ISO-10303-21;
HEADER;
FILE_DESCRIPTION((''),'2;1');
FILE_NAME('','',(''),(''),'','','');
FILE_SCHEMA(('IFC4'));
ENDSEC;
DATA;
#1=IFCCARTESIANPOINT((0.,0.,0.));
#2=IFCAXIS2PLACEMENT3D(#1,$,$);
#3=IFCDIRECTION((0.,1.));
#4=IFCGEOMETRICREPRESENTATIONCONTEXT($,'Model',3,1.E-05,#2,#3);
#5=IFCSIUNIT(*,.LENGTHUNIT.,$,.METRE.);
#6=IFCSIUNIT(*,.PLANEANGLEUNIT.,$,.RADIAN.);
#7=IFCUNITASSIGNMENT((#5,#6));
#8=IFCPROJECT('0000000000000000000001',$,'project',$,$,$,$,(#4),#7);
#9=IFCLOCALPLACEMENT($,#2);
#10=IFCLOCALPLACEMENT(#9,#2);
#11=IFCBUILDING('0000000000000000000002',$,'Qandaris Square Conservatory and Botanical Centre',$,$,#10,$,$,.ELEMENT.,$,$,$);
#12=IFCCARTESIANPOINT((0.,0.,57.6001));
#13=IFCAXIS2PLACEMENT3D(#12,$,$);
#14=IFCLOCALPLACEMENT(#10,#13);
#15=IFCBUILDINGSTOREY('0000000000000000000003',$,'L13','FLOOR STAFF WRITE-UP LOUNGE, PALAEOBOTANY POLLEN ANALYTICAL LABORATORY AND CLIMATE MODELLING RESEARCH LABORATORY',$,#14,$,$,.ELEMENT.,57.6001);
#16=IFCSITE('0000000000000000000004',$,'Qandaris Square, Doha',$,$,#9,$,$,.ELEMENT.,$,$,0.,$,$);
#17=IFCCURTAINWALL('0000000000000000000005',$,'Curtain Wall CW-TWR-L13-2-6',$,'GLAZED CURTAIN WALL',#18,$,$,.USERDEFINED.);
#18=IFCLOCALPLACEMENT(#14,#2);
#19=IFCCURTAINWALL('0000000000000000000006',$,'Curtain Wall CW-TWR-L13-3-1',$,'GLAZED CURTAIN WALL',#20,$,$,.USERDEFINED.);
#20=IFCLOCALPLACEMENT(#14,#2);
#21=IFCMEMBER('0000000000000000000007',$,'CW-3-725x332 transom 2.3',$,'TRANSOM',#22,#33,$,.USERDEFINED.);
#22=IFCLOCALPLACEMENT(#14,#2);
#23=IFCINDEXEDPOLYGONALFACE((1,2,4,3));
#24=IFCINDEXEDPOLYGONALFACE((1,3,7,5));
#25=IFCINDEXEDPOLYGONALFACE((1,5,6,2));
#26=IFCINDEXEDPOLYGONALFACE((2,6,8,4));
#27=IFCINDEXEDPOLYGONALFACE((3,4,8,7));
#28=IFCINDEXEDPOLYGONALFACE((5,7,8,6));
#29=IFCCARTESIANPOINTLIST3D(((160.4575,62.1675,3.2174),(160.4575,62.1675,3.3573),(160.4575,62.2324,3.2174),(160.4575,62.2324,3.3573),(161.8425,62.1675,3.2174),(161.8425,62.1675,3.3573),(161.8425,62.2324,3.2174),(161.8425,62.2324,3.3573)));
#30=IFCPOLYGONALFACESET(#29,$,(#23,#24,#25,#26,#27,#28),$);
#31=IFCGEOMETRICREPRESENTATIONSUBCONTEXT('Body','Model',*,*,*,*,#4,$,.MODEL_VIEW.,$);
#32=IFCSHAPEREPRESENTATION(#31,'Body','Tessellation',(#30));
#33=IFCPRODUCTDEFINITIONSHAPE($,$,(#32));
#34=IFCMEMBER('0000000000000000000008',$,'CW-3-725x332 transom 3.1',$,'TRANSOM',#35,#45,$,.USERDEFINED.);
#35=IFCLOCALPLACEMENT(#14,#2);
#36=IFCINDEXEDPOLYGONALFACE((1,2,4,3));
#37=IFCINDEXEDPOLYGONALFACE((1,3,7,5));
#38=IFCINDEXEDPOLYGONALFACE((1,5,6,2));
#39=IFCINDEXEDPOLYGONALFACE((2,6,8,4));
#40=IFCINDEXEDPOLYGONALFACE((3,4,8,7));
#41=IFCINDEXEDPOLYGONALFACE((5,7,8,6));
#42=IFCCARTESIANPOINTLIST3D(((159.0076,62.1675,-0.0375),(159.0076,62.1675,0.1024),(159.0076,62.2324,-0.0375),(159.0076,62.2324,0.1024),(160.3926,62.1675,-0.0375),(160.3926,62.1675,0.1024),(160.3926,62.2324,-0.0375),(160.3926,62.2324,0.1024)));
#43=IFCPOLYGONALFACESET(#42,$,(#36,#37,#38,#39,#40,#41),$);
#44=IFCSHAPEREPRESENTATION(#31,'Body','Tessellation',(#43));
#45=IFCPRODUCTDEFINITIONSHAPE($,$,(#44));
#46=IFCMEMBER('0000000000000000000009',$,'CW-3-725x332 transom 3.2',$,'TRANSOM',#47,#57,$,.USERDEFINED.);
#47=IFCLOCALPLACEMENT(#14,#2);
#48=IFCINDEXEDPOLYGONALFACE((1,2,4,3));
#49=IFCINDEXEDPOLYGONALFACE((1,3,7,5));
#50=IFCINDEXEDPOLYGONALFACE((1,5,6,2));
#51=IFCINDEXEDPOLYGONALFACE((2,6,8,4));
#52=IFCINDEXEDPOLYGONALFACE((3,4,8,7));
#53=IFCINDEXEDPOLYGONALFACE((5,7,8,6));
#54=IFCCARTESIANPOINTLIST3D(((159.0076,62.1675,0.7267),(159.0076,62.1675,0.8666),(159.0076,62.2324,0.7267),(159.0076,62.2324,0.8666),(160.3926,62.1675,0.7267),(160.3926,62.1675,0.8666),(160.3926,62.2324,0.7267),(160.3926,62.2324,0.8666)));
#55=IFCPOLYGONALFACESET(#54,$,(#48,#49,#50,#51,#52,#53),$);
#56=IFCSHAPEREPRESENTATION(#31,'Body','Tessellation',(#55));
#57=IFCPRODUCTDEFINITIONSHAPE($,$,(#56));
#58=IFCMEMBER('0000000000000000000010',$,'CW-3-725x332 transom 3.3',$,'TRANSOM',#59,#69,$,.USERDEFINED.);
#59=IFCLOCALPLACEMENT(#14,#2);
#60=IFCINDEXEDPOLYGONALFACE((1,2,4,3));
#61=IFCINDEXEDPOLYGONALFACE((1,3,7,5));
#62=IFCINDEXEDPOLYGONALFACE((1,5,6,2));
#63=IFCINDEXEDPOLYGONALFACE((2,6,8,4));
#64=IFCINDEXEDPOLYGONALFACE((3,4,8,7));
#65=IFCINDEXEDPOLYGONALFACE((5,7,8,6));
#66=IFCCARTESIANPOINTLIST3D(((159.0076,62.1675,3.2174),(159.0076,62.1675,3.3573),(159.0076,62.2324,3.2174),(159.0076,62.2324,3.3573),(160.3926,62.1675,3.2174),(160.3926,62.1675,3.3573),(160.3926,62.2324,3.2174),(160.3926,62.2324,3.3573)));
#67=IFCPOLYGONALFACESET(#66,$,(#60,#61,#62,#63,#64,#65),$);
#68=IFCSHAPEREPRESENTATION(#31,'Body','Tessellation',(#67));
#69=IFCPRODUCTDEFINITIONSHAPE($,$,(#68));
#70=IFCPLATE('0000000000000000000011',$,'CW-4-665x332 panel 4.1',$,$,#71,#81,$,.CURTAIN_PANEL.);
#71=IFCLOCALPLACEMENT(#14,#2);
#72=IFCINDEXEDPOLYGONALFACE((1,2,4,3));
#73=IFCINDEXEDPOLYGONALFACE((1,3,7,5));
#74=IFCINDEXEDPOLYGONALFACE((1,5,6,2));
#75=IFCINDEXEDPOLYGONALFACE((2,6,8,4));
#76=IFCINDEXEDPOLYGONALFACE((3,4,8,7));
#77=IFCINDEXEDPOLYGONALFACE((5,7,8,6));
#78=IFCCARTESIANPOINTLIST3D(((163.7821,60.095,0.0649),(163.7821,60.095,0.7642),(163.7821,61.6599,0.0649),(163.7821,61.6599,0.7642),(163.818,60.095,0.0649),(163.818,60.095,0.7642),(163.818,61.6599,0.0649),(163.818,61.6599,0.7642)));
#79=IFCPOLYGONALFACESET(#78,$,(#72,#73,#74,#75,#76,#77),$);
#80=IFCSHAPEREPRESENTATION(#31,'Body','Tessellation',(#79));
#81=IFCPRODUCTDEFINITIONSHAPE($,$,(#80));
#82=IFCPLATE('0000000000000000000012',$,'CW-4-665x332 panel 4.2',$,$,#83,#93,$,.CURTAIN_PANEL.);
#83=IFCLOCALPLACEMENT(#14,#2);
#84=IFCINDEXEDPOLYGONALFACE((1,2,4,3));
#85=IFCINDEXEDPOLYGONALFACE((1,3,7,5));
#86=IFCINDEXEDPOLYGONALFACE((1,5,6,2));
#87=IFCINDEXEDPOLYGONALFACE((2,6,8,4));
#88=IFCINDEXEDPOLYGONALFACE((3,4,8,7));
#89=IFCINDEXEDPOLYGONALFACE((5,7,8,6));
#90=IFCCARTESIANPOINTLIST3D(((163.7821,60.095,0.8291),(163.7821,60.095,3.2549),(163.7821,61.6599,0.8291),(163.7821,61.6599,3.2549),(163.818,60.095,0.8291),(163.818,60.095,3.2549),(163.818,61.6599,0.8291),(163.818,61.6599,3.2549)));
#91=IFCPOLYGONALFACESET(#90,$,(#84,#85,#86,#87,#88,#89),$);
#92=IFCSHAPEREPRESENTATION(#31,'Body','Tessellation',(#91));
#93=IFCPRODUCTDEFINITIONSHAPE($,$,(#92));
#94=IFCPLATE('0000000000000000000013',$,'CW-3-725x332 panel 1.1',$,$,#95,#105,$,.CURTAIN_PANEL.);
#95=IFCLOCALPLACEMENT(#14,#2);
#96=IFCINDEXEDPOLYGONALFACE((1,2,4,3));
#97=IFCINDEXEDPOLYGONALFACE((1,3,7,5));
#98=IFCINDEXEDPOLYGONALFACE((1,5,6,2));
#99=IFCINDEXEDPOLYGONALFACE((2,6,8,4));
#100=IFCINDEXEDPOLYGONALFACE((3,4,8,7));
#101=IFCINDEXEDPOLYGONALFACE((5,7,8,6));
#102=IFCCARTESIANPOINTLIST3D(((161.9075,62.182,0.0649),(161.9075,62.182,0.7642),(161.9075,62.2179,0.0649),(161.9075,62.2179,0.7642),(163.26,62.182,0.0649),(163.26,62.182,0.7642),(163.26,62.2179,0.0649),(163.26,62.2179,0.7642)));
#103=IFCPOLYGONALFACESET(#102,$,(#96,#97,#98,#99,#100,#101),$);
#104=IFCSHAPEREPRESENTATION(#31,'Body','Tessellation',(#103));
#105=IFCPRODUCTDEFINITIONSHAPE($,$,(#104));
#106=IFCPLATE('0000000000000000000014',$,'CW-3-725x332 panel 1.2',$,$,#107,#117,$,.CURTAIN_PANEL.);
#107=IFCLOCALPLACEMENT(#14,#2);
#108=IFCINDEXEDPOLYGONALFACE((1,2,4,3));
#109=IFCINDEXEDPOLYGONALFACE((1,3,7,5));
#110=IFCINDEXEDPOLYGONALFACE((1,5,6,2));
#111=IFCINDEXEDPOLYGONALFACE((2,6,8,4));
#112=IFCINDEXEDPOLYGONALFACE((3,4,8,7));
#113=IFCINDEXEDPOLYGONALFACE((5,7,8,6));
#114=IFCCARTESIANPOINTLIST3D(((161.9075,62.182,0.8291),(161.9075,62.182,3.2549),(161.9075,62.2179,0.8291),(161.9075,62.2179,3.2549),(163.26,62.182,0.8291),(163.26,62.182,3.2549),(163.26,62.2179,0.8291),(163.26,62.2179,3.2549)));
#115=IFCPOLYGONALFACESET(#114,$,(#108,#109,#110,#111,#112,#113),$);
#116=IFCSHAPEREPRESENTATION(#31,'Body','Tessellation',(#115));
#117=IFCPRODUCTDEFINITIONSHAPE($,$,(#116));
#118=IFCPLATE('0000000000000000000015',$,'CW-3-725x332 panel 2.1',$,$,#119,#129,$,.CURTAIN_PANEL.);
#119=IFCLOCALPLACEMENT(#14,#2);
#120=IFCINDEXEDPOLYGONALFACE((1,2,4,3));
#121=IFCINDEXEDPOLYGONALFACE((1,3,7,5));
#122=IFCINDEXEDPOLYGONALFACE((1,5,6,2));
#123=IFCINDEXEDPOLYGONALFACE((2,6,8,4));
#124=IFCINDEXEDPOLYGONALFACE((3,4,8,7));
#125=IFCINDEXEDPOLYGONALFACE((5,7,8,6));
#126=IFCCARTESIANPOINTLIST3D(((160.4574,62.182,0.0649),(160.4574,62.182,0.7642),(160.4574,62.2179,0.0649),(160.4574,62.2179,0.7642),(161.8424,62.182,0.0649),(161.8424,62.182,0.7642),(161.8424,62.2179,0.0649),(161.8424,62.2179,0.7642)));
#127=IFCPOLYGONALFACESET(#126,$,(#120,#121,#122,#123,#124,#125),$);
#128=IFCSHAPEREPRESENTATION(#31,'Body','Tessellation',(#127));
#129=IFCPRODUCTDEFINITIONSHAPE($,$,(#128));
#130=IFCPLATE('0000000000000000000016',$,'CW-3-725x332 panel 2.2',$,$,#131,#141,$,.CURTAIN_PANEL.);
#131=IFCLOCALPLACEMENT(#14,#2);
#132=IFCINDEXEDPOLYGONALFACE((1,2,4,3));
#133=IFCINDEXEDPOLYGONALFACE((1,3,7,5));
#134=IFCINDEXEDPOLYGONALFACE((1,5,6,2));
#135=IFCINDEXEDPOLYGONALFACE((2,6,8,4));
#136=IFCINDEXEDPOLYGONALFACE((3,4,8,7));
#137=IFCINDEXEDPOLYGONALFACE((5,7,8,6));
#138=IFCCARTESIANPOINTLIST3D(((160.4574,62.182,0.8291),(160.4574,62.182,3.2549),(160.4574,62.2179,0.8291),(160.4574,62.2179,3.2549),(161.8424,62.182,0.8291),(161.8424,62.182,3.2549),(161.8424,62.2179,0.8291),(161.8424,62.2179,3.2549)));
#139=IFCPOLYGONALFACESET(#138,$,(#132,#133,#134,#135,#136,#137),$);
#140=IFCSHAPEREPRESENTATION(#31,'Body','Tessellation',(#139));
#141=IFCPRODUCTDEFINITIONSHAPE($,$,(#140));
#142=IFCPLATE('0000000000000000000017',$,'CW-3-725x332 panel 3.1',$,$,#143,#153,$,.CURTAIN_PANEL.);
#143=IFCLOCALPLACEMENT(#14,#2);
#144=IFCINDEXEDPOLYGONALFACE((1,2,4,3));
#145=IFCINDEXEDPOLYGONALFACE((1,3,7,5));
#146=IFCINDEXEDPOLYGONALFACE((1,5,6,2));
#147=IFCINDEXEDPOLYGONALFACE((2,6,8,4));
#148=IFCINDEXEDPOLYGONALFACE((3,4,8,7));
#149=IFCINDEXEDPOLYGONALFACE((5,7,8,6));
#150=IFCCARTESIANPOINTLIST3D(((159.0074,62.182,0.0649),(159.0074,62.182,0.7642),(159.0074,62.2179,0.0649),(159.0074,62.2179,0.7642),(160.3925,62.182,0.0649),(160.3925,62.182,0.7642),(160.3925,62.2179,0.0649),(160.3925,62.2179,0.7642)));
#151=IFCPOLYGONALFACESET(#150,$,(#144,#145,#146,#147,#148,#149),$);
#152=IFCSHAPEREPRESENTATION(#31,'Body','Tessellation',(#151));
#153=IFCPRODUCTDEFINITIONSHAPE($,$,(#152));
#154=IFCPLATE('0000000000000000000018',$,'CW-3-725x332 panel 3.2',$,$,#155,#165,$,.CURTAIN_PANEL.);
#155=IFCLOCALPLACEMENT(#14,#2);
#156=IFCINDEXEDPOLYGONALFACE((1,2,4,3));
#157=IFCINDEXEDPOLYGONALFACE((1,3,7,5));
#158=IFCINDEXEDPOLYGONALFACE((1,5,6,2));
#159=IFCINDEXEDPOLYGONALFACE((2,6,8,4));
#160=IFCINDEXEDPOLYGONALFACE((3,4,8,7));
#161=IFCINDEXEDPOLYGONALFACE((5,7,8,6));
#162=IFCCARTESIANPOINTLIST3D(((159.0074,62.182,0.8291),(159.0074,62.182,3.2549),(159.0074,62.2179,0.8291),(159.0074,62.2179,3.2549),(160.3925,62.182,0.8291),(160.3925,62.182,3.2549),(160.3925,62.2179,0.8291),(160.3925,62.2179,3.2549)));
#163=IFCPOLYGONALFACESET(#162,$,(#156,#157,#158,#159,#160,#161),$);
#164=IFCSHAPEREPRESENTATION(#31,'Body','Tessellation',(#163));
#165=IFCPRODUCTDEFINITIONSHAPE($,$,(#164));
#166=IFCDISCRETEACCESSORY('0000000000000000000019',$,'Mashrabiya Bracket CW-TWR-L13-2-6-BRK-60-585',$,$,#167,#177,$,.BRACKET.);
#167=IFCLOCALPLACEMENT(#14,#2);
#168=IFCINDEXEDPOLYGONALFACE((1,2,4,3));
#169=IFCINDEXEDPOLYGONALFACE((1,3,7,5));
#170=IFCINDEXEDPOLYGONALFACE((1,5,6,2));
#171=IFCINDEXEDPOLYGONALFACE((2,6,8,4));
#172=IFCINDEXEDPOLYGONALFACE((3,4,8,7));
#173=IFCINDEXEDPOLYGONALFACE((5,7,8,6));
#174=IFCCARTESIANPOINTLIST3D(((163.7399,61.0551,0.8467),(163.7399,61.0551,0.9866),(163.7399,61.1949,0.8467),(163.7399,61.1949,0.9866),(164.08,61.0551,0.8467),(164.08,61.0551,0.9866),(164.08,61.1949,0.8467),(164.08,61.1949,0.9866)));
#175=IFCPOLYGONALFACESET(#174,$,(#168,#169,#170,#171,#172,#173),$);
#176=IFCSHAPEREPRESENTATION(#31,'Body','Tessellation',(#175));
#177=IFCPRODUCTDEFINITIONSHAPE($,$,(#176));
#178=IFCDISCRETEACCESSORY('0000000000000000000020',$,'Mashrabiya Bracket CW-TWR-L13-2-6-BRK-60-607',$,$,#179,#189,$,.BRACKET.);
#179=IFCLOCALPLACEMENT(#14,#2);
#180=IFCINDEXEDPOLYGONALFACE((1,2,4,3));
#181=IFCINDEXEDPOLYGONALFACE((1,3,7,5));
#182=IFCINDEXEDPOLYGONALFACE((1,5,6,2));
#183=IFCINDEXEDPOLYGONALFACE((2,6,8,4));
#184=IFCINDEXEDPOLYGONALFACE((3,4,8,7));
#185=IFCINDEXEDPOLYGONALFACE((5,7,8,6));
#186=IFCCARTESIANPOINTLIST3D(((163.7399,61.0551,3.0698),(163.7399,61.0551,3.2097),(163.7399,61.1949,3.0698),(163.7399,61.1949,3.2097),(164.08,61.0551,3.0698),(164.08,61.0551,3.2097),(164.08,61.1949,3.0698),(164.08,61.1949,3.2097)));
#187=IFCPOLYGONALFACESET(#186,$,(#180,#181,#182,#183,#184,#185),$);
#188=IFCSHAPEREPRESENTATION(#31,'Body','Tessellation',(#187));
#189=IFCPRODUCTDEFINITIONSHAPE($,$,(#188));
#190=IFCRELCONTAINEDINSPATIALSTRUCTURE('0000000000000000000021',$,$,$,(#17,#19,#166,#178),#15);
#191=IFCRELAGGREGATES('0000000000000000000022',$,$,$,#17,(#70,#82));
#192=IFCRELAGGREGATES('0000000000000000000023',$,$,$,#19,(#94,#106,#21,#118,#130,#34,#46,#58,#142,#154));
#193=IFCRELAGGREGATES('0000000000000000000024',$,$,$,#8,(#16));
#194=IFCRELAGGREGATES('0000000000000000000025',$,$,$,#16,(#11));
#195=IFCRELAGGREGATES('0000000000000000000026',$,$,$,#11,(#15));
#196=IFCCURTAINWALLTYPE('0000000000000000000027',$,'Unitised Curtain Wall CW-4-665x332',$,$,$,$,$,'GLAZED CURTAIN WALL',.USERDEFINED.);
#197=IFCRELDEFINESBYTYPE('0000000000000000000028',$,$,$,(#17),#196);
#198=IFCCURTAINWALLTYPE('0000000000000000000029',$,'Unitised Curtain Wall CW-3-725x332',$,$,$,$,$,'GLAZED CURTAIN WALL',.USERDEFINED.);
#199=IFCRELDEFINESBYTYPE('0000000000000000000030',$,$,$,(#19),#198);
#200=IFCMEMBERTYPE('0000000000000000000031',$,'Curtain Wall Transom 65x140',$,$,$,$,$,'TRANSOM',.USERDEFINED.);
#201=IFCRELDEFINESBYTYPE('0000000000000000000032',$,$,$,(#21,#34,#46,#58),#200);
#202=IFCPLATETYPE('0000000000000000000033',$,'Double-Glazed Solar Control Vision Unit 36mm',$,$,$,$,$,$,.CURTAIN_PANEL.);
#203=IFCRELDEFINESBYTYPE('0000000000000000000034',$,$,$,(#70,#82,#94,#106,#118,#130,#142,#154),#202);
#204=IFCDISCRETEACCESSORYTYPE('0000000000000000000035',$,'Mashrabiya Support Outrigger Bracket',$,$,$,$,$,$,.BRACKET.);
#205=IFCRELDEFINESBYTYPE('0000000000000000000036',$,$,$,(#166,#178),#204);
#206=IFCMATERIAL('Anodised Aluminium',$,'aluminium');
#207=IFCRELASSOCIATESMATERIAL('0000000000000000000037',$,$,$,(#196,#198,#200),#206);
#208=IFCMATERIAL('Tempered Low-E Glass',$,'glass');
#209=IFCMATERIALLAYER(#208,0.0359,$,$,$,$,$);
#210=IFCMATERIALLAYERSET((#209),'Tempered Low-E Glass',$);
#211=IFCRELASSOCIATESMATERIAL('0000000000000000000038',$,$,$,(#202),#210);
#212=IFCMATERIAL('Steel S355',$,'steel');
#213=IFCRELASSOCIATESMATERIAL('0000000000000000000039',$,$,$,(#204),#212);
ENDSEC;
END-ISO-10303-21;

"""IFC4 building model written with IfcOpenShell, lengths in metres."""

from ifc_helpers import new_model, si_unit, direction, frame, origin, origin_2d, place, context, subcontext, project, spatial, rectangle, extrude, material, layer, layer_set, material_profile, profile_set, type_object, element, aggregate, save


model = new_model("IFC4")

# Units and contexts
model_context = context("Model", 3, precision=1e-05, world=origin(), true_north=direction((0.0, 1.0)))
body_context = subcontext(model_context, "Body", "Model", "MODEL_VIEW")
ifc_project = project(units=[si_unit("LENGTHUNIT", "METRE"), si_unit("PLANEANGLEUNIT", "RADIAN")], contexts=[model_context])

# Site, building, storey
site_placement = place(None, origin())
site = spatial("IfcSite", under=ifc_project, at=site_placement, Name="Qandaris Square, Doha", CompositionType="ELEMENT", RefElevation=0.0)
building_placement = place(site_placement, origin())
building = spatial("IfcBuilding", under=site, at=building_placement, Name="Qandaris Square Conservatory and Botanical Centre", CompositionType="ELEMENT")
storey_placement = place(building_placement, frame((0.0, 0.0, 57.6001)))
storey = spatial("IfcBuildingStorey", under=building, at=storey_placement, Name="L13", Description="FLOOR STAFF WRITE-UP LOUNGE, PALAEOBOTANY POLLEN ANALYTICAL LABORATORY AND CLIMATE MODELLING RESEARCH LABORATORY", CompositionType="ELEMENT", Elevation=57.6001)

# Curtain wall
ifc_material_1 = material(Name="Anodised Aluminium", Category="aluminium")
curtain_wall_type_1 = type_object("IfcCurtainWallType", Name="Unitised Curtain Wall CW-4-665x332", ElementType="GLAZED CURTAIN WALL", PredefinedType="USERDEFINED", material=ifc_material_1)
curtain_wall_1_placement = place(storey_placement, origin())
curtain_wall_1 = element("IfcCurtainWall", 1, at=curtain_wall_1_placement, inside=storey, type_object=curtain_wall_type_1, Name="Curtain Wall CW-TWR-L13-2-6", ObjectType="GLAZED CURTAIN WALL", PredefinedType="USERDEFINED")

# Curtain wall
curtain_wall_type_2 = type_object("IfcCurtainWallType", Name="Unitised Curtain Wall CW-3-725x332", ElementType="GLAZED CURTAIN WALL", PredefinedType="USERDEFINED", material=ifc_material_1)
curtain_wall_2_placement = place(storey_placement, origin())
curtain_wall_2 = element("IfcCurtainWall", 2, at=curtain_wall_2_placement, inside=storey, type_object=curtain_wall_type_2, Name="Curtain Wall CW-TWR-L13-3-1", ObjectType="GLAZED CURTAIN WALL", PredefinedType="USERDEFINED")

# Members
ifc_material_profile_1 = material_profile(ifc_material_1, rectangle(XDim=0.0649, YDim=0.1399, at=origin_2d()), Name="ALU-TRN 65x140")
ifc_profile_set_1 = profile_set([ifc_material_profile_1], Name="Anodised Aluminium")
member_type_1 = type_object("IfcMemberType", Name="Curtain Wall Transom 65x140", ElementType="TRANSOM", PredefinedType="USERDEFINED", material=ifc_profile_set_1)
member_1_placement = place(storey_placement, frame((161.8425, 62.2, 3.2874), z_axis=(-1.0, 0.0, 0.0), x_axis=(0.0, -1.0, 0.0)))
member_1 = element("IfcMember", 3, at=member_1_placement, type_object=member_type_1, Name="CW-3-725x332 transom 2.3", ObjectType="TRANSOM", PredefinedType="USERDEFINED", context=body_context, shape_type="SweptSolid", body=[
    extrude(rectangle(XDim=0.0649, YDim=0.1399, at=origin_2d()), origin(), (0.0, 0.0, 1.0), 1.385),
])
member_2_placement = place(storey_placement, frame((160.3926, 62.2, 0.0325), z_axis=(-1.0, 0.0, 0.0), x_axis=(0.0, -1.0, 0.0)))
member_2 = element("IfcMember", 4, at=member_2_placement, type_object=member_type_1, Name="CW-3-725x332 transom 3.1", ObjectType="TRANSOM", PredefinedType="USERDEFINED", context=body_context, shape_type="SweptSolid", body=[
    extrude(rectangle(XDim=0.0649, YDim=0.1399, at=origin_2d()), origin(), (0.0, 0.0, 1.0), 1.385),
])
member_3_placement = place(storey_placement, frame((160.3926, 62.2, 0.7966), z_axis=(-1.0, 0.0, 0.0), x_axis=(0.0, -1.0, 0.0)))
member_3 = element("IfcMember", 5, at=member_3_placement, type_object=member_type_1, Name="CW-3-725x332 transom 3.2", ObjectType="TRANSOM", PredefinedType="USERDEFINED", context=body_context, shape_type="SweptSolid", body=[
    extrude(rectangle(XDim=0.0649, YDim=0.1399, at=origin_2d()), origin(), (0.0, 0.0, 1.0), 1.385),
])
member_4_placement = place(storey_placement, frame((160.3926, 62.2, 3.2874), z_axis=(-1.0, 0.0, 0.0), x_axis=(0.0, -1.0, 0.0)))
member_4 = element("IfcMember", 6, at=member_4_placement, type_object=member_type_1, Name="CW-3-725x332 transom 3.3", ObjectType="TRANSOM", PredefinedType="USERDEFINED", context=body_context, shape_type="SweptSolid", body=[
    extrude(rectangle(XDim=0.0649, YDim=0.1399, at=origin_2d()), origin(), (0.0, 0.0, 1.0), 1.385),
])

# Plates
ifc_material_2 = material(Name="Tempered Low-E Glass", Category="glass")
ifc_layer = layer(ifc_material_2, 0.0359)
ifc_layer_set = layer_set([ifc_layer], Name="Tempered Low-E Glass")
plate_type = type_object("IfcPlateType", Name="Double-Glazed Solar Control Vision Unit 36mm", PredefinedType="CURTAIN_PANEL", material=ifc_layer_set)
plate_1_placement = place(storey_placement, frame((163.8, 60.8774, 0.0649), z_axis=(0.0, 0.0, 1.0), x_axis=(0.0, 1.0, 0.0)))
plate_1 = element("IfcPlate", 7, at=plate_1_placement, type_object=plate_type, Name="CW-4-665x332 panel 4.1", PredefinedType="CURTAIN_PANEL", context=body_context, shape_type="SweptSolid", body=[
    extrude(rectangle(XDim=1.5649, YDim=0.0359, at=origin_2d()), origin(), (0.0, 0.0, 1.0), 0.6992),
])
plate_2_placement = place(storey_placement, frame((163.8, 60.8774, 0.8291), z_axis=(0.0, 0.0, 1.0), x_axis=(0.0, 1.0, 0.0)))
plate_2 = element("IfcPlate", 8, at=plate_2_placement, type_object=plate_type, Name="CW-4-665x332 panel 4.2", PredefinedType="CURTAIN_PANEL", context=body_context, shape_type="SweptSolid", body=[
    extrude(rectangle(XDim=1.5649, YDim=0.0359, at=origin_2d()), origin(), (0.0, 0.0, 1.0), 2.4258),
])
aggregate(curtain_wall_1, [plate_1, plate_2])
plate_3_placement = place(storey_placement, frame((162.5837, 62.2, 0.0649), z_axis=(0.0, 0.0, 1.0), x_axis=(-1.0, 0.0, 0.0)))
plate_3 = element("IfcPlate", 9, at=plate_3_placement, type_object=plate_type, Name="CW-3-725x332 panel 1.1", PredefinedType="CURTAIN_PANEL", context=body_context, shape_type="SweptSolid", body=[
    extrude(rectangle(XDim=1.3525, YDim=0.0359, at=origin_2d()), origin(), (0.0, 0.0, 1.0), 0.6992),
])
plate_4_placement = place(storey_placement, frame((162.5837, 62.2, 0.8291), z_axis=(0.0, 0.0, 1.0), x_axis=(-1.0, 0.0, 0.0)))
plate_4 = element("IfcPlate", 10, at=plate_4_placement, type_object=plate_type, Name="CW-3-725x332 panel 1.2", PredefinedType="CURTAIN_PANEL", context=body_context, shape_type="SweptSolid", body=[
    extrude(rectangle(XDim=1.3525, YDim=0.0359, at=origin_2d()), origin(), (0.0, 0.0, 1.0), 2.4258),
])
plate_5_placement = place(storey_placement, frame((161.1499, 62.2, 0.0649), z_axis=(0.0, 0.0, 1.0), x_axis=(-1.0, 0.0, 0.0)))
plate_5 = element("IfcPlate", 11, at=plate_5_placement, type_object=plate_type, Name="CW-3-725x332 panel 2.1", PredefinedType="CURTAIN_PANEL", context=body_context, shape_type="SweptSolid", body=[
    extrude(rectangle(XDim=1.385, YDim=0.0359, at=origin_2d()), origin(), (0.0, 0.0, 1.0), 0.6992),
])
plate_6_placement = place(storey_placement, frame((161.1499, 62.2, 0.8291), z_axis=(0.0, 0.0, 1.0), x_axis=(-1.0, 0.0, 0.0)))
plate_6 = element("IfcPlate", 12, at=plate_6_placement, type_object=plate_type, Name="CW-3-725x332 panel 2.2", PredefinedType="CURTAIN_PANEL", context=body_context, shape_type="SweptSolid", body=[
    extrude(rectangle(XDim=1.385, YDim=0.0359, at=origin_2d()), origin(), (0.0, 0.0, 1.0), 2.4258),
])
plate_7_placement = place(storey_placement, frame((159.7, 62.2, 0.0649), z_axis=(0.0, 0.0, 1.0), x_axis=(-1.0, 0.0, 0.0)))
plate_7 = element("IfcPlate", 13, at=plate_7_placement, type_object=plate_type, Name="CW-3-725x332 panel 3.1", PredefinedType="CURTAIN_PANEL", context=body_context, shape_type="SweptSolid", body=[
    extrude(rectangle(XDim=1.385, YDim=0.0359, at=origin_2d()), origin(), (0.0, 0.0, 1.0), 0.6992),
])
plate_8_placement = place(storey_placement, frame((159.7, 62.2, 0.8291), z_axis=(0.0, 0.0, 1.0), x_axis=(-1.0, 0.0, 0.0)))
plate_8 = element("IfcPlate", 14, at=plate_8_placement, type_object=plate_type, Name="CW-3-725x332 panel 3.2", PredefinedType="CURTAIN_PANEL", context=body_context, shape_type="SweptSolid", body=[
    extrude(rectangle(XDim=1.385, YDim=0.0359, at=origin_2d()), origin(), (0.0, 0.0, 1.0), 2.4258),
])
aggregate(curtain_wall_2, [plate_3, plate_4, member_1, plate_5, plate_6, member_2, member_3, member_4, plate_7, plate_8])

# Discrete accessories
ifc_material_3 = material(Name="Steel S355", Category="steel")
discrete_accessory_type = type_object("IfcDiscreteAccessoryType", Name="Mashrabiya Support Outrigger Bracket", PredefinedType="BRACKET", material=ifc_material_3)
for number, where, z_axis, x_axis, name in (
    (15, (163.9099, 61.125, 0.8467), (0.0, 0.0, 1.0), (0.0, 1.0, 0.0), "Mashrabiya Bracket CW-TWR-L13-2-6-BRK-60-585"),
    (16, (163.9099, 61.125, 3.0698), (0.0, 0.0, 1.0), (0.0, 1.0, 0.0), "Mashrabiya Bracket CW-TWR-L13-2-6-BRK-60-607"),
):
    element("IfcDiscreteAccessory", number, at=place(storey_placement, frame(where, z_axis=z_axis, x_axis=x_axis)), inside=storey, type_object=discrete_accessory_type, Name=name, PredefinedType="BRACKET", context=body_context, shape_type="SweptSolid", body=[
        extrude(rectangle(XDim=0.1399, YDim=0.3401, at=origin_2d()), origin(), (0.0, 0.0, 1.0), 0.1399),
    ])

save(model, "model.ifc")
